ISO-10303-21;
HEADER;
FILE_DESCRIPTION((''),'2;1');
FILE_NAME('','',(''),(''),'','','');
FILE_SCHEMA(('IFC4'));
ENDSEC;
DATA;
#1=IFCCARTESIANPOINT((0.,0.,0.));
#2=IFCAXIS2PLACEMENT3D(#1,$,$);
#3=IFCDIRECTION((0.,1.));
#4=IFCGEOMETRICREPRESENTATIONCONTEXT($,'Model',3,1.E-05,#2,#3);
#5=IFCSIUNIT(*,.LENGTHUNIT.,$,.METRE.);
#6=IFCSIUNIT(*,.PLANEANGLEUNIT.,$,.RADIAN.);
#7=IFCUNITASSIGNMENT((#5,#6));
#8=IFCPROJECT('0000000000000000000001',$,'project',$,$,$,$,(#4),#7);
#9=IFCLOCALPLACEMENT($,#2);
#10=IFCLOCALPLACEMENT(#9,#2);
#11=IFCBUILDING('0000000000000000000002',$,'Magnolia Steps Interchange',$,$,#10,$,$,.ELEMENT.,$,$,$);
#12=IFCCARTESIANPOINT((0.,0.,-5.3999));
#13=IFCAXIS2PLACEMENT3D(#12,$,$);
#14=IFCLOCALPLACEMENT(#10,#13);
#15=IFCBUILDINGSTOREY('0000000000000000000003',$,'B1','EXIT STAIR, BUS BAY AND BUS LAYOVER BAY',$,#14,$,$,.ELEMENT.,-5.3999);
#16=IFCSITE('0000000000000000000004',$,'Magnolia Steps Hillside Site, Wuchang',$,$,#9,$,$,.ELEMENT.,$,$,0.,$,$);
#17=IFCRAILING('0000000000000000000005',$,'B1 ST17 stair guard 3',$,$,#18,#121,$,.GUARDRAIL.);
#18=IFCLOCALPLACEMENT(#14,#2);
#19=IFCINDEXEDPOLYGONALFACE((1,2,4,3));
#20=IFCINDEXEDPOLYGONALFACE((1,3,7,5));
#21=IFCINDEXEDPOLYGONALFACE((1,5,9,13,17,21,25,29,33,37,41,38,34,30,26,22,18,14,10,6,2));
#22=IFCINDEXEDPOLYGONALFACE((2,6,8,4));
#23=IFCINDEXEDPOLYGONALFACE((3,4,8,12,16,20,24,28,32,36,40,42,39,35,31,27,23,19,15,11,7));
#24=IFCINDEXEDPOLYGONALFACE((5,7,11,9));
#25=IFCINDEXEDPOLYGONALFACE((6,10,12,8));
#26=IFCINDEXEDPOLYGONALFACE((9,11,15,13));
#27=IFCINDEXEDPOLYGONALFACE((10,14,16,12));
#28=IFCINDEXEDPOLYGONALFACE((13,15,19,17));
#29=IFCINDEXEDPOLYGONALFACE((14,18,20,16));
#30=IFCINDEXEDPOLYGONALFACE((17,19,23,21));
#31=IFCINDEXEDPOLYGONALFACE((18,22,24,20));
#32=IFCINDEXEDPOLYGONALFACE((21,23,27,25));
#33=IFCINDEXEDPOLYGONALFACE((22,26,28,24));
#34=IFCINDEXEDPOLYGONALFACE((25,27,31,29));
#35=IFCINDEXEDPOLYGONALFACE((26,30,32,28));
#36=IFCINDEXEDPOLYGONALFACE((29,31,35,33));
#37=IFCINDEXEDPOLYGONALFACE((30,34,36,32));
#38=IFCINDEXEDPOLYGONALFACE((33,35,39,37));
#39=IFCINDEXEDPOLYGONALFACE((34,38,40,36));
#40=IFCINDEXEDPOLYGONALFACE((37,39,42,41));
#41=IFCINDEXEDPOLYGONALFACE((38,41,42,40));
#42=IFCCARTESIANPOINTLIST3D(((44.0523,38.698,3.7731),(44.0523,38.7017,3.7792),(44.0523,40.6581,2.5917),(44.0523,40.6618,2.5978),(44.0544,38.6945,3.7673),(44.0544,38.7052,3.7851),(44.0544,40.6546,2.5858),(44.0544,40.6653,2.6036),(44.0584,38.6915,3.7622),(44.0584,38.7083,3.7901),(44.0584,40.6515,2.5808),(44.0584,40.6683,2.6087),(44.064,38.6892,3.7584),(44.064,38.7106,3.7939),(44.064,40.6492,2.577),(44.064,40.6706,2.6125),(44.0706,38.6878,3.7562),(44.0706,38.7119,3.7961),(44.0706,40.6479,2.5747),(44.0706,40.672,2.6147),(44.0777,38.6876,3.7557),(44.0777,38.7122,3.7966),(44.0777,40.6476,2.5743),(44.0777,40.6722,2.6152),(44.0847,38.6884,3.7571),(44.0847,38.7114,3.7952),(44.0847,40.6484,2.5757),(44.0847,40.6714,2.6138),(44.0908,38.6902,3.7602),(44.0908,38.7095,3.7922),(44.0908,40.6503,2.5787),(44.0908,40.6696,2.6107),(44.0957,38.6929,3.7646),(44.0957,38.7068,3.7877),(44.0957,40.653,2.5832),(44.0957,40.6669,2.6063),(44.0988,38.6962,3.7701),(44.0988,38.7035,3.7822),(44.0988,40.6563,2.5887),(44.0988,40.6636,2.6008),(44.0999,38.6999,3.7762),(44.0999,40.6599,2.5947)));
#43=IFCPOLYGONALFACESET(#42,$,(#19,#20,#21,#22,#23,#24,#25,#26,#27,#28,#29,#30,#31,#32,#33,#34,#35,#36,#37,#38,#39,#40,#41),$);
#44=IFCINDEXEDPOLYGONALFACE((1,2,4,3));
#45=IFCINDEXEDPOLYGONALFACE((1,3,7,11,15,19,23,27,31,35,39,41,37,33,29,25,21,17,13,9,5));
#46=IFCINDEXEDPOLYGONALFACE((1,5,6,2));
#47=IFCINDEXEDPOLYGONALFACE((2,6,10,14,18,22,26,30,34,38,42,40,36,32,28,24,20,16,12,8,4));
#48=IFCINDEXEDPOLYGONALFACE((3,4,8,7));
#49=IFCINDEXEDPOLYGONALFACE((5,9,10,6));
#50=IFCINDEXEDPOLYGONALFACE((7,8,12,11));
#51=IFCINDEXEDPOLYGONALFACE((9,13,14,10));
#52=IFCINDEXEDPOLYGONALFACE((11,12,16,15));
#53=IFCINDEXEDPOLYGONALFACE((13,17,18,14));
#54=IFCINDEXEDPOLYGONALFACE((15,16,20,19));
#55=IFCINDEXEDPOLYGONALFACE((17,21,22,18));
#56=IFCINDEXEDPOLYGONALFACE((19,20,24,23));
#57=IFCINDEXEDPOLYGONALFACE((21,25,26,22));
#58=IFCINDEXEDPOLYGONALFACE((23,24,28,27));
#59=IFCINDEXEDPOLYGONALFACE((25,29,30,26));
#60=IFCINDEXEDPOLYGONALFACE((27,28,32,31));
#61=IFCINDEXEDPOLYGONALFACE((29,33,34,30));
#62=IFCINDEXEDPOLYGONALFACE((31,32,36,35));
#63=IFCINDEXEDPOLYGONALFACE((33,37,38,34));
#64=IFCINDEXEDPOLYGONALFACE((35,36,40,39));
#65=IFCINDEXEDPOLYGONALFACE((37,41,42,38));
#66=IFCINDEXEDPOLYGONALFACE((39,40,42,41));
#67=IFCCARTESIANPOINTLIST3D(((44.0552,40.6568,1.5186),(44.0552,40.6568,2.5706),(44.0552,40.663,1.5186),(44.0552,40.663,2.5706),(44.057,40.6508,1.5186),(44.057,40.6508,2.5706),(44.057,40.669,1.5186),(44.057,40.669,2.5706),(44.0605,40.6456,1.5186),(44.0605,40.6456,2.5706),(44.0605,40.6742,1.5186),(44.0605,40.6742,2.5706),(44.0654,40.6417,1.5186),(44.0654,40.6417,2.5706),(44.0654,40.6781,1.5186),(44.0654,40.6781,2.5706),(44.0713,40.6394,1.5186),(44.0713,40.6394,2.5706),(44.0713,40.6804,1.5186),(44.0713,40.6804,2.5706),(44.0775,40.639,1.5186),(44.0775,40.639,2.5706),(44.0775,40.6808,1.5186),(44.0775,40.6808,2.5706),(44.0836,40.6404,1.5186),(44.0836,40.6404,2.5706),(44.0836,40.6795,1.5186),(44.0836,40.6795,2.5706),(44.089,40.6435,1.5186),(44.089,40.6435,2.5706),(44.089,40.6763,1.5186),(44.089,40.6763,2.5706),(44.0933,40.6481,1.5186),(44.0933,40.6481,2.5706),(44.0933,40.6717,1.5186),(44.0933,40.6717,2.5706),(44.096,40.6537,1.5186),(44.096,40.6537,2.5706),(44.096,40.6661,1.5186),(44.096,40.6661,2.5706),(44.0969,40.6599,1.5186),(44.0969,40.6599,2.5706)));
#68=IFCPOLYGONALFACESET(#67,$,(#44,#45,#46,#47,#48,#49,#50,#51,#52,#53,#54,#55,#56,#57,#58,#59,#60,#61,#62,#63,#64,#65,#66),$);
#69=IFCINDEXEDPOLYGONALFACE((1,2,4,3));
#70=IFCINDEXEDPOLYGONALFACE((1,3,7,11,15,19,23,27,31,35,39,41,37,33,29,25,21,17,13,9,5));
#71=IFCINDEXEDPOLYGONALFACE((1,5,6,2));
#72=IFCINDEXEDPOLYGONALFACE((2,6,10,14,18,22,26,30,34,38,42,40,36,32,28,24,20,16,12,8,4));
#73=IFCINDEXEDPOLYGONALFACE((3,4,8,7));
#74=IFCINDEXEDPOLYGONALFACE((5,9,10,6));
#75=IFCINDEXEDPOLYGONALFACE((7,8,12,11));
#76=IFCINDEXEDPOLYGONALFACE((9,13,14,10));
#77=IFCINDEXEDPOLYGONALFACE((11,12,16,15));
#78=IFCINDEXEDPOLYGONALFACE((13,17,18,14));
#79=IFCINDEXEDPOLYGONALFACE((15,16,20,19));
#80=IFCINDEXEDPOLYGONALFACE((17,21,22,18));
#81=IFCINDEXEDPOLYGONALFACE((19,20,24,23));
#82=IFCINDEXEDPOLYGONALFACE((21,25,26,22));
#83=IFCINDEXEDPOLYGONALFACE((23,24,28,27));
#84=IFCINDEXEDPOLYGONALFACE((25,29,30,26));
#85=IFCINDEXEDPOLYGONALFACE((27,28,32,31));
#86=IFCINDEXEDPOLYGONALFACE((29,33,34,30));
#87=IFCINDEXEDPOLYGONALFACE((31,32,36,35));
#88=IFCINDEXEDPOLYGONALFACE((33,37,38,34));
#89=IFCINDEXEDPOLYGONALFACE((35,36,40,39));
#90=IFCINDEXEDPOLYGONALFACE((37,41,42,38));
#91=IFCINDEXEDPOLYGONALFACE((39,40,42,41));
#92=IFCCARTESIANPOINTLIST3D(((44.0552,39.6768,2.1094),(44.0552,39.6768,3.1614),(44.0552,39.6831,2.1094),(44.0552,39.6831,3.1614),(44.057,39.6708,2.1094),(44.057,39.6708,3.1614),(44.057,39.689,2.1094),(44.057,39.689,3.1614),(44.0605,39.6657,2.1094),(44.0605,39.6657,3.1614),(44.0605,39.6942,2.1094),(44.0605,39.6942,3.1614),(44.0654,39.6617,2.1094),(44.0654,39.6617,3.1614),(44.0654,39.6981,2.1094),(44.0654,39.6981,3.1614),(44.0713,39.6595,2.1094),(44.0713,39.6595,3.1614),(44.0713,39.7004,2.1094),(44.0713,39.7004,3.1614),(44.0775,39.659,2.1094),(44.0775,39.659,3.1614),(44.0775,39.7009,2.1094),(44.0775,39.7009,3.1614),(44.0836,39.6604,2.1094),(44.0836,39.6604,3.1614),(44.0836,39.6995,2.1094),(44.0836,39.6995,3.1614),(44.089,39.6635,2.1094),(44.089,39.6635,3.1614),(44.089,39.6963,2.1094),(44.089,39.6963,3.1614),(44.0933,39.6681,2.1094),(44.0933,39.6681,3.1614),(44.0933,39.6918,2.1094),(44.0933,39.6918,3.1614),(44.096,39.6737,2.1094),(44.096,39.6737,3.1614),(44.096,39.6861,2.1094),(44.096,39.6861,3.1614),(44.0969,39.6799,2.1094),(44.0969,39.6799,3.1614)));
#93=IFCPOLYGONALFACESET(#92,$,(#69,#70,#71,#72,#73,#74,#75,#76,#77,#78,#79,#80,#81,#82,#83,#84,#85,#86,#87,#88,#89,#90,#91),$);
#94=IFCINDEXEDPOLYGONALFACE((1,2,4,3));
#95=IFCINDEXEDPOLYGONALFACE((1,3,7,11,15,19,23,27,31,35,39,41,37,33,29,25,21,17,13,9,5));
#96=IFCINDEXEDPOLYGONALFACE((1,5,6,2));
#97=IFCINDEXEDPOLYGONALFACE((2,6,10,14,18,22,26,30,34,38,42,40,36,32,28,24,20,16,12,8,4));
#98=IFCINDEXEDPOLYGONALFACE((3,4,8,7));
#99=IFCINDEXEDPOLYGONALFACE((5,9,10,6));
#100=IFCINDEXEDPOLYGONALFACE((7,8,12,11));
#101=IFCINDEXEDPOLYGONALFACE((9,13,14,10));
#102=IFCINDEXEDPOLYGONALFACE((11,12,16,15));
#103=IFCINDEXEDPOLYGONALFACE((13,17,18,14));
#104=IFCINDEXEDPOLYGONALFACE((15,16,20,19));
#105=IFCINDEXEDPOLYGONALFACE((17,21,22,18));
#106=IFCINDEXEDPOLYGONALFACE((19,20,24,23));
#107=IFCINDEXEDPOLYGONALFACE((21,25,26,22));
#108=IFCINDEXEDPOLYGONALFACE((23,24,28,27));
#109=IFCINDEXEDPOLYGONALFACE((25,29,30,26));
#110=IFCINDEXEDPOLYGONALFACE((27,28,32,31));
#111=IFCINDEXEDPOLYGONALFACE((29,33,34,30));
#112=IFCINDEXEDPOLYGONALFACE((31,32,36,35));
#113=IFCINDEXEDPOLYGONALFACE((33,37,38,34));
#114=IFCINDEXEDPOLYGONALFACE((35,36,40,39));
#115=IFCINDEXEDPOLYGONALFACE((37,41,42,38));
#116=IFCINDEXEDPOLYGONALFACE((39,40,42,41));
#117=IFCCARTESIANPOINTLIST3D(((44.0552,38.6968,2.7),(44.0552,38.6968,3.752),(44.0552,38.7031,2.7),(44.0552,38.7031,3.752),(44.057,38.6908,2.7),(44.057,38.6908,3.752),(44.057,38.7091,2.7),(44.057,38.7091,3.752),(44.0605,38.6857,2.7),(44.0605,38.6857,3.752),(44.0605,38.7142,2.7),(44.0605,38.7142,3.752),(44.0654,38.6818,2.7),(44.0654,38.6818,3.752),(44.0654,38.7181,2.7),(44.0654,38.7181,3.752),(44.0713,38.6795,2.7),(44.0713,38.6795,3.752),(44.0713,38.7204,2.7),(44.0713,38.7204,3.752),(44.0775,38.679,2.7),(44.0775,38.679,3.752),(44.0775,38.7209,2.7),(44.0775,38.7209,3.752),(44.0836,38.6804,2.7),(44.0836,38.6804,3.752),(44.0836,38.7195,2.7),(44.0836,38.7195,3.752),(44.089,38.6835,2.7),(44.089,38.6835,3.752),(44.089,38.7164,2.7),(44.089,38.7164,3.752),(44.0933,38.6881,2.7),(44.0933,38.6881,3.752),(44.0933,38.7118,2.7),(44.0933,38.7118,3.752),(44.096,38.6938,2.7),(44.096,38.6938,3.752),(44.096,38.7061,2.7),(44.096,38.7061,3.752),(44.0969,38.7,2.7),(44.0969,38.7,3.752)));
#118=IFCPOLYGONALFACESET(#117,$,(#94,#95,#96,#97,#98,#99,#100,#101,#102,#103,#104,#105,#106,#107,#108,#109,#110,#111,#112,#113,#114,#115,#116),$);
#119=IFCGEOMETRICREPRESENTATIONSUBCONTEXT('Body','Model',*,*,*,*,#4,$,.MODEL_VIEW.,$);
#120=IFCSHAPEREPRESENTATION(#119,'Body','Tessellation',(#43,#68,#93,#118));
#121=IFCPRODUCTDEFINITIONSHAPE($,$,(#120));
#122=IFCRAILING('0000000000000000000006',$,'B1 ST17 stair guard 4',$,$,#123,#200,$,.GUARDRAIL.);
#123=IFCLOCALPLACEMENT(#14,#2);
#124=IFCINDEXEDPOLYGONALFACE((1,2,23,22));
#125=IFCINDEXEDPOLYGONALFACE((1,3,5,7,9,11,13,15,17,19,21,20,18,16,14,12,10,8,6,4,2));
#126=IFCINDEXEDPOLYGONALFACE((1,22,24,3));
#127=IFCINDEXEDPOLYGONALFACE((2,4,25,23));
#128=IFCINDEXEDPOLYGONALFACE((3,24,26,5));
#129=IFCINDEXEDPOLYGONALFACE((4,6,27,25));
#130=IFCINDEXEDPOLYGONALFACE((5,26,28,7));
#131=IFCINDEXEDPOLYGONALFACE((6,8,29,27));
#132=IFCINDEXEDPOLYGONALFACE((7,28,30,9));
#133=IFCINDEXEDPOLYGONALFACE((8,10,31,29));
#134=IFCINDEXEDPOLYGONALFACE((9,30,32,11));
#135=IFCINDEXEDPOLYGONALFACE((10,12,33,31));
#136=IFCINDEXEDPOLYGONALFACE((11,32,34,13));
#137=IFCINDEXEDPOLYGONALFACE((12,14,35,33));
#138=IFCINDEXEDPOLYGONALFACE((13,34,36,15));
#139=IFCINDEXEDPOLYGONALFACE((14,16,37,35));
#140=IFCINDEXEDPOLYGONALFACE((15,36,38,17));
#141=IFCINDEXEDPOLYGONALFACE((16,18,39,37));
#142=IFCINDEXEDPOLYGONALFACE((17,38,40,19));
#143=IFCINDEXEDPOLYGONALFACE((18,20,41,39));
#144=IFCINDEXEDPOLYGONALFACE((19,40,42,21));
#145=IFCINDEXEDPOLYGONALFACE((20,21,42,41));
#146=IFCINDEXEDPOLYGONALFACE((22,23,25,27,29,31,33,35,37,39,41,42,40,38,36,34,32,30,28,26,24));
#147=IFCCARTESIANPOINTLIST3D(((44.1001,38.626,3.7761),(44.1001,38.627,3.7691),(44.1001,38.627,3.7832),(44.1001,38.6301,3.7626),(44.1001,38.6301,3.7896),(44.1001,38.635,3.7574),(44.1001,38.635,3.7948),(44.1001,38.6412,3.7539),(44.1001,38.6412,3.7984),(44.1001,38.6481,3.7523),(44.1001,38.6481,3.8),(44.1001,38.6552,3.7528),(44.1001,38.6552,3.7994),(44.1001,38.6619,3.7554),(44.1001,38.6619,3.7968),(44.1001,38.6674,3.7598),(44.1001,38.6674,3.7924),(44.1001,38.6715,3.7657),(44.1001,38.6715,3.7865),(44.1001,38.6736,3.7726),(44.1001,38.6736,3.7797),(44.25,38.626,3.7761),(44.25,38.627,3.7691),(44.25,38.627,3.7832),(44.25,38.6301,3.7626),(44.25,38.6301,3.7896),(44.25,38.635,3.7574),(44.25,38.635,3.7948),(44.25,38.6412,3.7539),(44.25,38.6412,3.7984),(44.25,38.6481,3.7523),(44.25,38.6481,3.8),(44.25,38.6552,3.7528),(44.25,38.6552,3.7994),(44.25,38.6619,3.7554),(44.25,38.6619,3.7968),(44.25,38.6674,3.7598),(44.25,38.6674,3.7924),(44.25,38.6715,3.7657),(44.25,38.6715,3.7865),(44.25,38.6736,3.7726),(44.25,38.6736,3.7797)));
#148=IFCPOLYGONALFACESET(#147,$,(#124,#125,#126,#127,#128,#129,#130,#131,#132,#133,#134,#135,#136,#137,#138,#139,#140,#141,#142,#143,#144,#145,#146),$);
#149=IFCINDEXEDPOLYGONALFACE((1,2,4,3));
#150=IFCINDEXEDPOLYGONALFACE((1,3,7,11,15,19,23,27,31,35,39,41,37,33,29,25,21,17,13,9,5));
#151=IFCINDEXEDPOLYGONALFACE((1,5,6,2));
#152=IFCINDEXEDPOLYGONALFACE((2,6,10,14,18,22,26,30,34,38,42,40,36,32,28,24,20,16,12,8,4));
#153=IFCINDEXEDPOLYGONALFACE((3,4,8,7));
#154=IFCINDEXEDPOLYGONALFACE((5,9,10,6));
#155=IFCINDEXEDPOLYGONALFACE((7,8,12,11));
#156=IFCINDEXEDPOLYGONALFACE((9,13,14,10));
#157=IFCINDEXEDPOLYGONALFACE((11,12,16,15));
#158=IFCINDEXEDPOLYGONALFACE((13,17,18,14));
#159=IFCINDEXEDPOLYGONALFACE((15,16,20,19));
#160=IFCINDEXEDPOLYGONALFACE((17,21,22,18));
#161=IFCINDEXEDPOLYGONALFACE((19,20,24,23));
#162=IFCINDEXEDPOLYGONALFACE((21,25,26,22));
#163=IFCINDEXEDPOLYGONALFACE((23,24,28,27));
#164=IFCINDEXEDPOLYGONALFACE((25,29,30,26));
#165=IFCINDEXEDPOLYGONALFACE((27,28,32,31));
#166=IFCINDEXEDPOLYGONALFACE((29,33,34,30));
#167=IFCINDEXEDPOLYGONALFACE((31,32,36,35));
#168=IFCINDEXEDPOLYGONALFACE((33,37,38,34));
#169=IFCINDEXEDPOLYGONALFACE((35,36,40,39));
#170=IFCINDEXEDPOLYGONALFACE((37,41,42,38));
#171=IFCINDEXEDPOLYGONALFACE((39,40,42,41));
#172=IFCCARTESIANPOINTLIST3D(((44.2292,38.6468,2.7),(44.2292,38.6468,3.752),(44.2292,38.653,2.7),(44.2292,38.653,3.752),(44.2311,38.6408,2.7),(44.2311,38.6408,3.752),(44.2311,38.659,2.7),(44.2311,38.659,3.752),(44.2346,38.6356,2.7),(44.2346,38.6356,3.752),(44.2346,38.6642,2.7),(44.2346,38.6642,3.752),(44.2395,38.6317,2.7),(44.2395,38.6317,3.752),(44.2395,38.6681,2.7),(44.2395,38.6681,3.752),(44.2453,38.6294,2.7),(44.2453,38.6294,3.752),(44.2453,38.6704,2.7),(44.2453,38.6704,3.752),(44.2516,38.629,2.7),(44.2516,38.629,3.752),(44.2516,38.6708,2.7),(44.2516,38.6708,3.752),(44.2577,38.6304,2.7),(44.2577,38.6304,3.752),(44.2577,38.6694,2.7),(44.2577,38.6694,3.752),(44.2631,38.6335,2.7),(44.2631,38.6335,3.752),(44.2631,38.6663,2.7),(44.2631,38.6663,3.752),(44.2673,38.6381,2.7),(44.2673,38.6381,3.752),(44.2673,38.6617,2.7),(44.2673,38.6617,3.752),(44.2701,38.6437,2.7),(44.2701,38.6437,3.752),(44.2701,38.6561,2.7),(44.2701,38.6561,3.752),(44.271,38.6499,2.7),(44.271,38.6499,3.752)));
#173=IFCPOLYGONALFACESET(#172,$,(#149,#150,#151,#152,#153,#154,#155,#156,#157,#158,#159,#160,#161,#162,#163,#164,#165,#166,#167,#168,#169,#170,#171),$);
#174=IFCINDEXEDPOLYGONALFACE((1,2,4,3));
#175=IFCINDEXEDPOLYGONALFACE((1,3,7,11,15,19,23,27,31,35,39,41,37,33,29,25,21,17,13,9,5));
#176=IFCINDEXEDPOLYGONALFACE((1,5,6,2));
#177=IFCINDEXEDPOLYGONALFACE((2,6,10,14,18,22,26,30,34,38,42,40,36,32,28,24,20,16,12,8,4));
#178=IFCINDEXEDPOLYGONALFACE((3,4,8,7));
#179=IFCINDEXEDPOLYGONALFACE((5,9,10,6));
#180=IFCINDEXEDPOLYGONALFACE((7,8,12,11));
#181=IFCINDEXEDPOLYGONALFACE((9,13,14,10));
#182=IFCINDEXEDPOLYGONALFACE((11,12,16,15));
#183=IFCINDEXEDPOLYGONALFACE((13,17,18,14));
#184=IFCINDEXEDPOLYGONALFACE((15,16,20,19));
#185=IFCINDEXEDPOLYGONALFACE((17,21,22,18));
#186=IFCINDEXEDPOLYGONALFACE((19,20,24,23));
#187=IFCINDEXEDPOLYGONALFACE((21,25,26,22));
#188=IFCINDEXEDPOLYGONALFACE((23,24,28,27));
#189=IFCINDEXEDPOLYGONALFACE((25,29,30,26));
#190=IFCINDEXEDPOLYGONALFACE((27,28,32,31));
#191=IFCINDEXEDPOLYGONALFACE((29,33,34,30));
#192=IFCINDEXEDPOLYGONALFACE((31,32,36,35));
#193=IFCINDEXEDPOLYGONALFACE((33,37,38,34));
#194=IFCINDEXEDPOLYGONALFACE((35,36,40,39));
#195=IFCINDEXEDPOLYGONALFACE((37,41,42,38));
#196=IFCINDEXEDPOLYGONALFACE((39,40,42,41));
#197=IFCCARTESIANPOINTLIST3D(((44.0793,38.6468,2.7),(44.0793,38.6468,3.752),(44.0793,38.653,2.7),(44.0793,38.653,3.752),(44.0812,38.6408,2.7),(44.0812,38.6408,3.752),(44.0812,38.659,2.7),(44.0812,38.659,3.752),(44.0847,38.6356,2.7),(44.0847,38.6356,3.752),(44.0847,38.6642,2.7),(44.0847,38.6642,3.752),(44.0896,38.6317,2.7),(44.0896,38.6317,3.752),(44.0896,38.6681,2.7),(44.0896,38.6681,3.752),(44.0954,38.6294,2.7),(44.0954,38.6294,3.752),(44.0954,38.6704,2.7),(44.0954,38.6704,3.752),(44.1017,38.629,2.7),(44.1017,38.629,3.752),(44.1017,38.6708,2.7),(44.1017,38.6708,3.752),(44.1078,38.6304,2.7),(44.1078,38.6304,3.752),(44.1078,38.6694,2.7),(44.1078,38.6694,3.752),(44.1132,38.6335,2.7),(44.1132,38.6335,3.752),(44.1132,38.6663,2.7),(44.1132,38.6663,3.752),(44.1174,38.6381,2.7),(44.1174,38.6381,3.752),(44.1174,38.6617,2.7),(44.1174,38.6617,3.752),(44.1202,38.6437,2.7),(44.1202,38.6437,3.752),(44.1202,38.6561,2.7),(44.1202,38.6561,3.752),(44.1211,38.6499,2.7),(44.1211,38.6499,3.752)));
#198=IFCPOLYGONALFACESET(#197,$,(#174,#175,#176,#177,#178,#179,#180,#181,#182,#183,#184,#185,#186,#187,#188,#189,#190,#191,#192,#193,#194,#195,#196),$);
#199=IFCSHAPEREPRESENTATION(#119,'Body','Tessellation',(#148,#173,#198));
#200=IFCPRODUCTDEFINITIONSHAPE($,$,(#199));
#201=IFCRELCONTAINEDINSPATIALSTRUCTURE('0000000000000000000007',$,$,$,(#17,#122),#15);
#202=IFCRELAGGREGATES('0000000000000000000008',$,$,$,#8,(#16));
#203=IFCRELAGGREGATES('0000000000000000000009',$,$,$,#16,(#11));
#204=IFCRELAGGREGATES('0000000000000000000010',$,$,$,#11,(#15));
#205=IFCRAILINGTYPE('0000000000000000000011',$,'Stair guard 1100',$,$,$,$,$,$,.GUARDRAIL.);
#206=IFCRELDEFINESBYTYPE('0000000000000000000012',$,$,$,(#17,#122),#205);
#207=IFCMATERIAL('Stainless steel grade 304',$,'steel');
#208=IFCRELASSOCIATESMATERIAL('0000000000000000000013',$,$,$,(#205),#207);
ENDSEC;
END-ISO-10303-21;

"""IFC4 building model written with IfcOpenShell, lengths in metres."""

from ifc_helpers import new_model, si_unit, direction, frame, origin, origin_2d, place, context, subcontext, project, spatial, circle, extrude, material, type_object, element, save


model = new_model("IFC4")

# Units and contexts
model_context = context("Model", 3, precision=1e-05, world=origin(), true_north=direction((0.0, 1.0)))
body_context = subcontext(model_context, "Body", "Model", "MODEL_VIEW")
ifc_project = project(units=[si_unit("LENGTHUNIT", "METRE"), si_unit("PLANEANGLEUNIT", "RADIAN")], contexts=[model_context])

# Site, building, storey
site_placement = place(None, origin())
site = spatial("IfcSite", under=ifc_project, at=site_placement, Name="Magnolia Steps Hillside Site, Wuchang", CompositionType="ELEMENT", RefElevation=0.0)
building_placement = place(site_placement, origin())
building = spatial("IfcBuilding", under=site, at=building_placement, Name="Magnolia Steps Interchange", CompositionType="ELEMENT")
storey_placement = place(building_placement, frame((0.0, 0.0, -5.3999)))
storey = spatial("IfcBuildingStorey", under=building, at=storey_placement, Name="B1", Description="EXIT STAIR, BUS BAY AND BUS LAYOVER BAY", CompositionType="ELEMENT", Elevation=-5.3999)

# Railings
ifc_material_1 = material(Name="Stainless steel grade 304", Category="steel")
railing_type_1 = type_object("IfcRailingType", Name="Stair guard 1100", PredefinedType="GUARDRAIL", material=ifc_material_1)
railing_1_placement = place(storey_placement, frame((44.0759, 40.6599, 1.5186)))
element("IfcRailing", 1, at=railing_1_placement, inside=storey, type_object=railing_type_1, Name="B1 ST17 stair guard 3", PredefinedType="GUARDRAIL", context=body_context, shape_type="SweptSolid", body=[
    extrude(circle(Radius=0.0239, at=origin_2d()), frame((0.0, 0.0, 1.0762), z_axis=(0.0, -0.856446, 0.516236), x_axis=(1.0, 0.0, 0.0)), (0.0, 0.0, 1.0), 2.2886),
    extrude(circle(Radius=0.021, at=origin_2d()), origin(), (0.0, 0.0, 1.0), 1.052),
    extrude(circle(Radius=0.021, at=origin_2d()), frame((0.0, -0.98, 0.5908)), (0.0, 0.0, 1.0), 1.052),
    extrude(circle(Radius=0.021, at=origin_2d()), frame((0.0, -1.96, 1.1814)), (0.0, 0.0, 1.0), 1.052),
])
railing_2_placement = place(storey_placement, frame((44.25, 38.6499, 2.7)))
element("IfcRailing", 2, at=railing_2_placement, inside=storey, type_object=railing_type_1, Name="B1 ST17 stair guard 4", PredefinedType="GUARDRAIL", context=body_context, shape_type="SweptSolid", body=[
    extrude(circle(Radius=0.0239, at=origin_2d()), frame((0.0, 0.0, 1.0762), z_axis=(-1.0, 0.0, 0.0), x_axis=(0.0, -1.0, 0.0)), (0.0, 0.0, 1.0), 0.1499),
    extrude(circle(Radius=0.021, at=origin_2d()), origin(), (0.0, 0.0, 1.0), 1.052),
    extrude(circle(Radius=0.021, at=origin_2d()), frame((-0.1499, 0.0, 0.0)), (0.0, 0.0, 1.0), 1.052),
])

save(model, "model.ifc")
